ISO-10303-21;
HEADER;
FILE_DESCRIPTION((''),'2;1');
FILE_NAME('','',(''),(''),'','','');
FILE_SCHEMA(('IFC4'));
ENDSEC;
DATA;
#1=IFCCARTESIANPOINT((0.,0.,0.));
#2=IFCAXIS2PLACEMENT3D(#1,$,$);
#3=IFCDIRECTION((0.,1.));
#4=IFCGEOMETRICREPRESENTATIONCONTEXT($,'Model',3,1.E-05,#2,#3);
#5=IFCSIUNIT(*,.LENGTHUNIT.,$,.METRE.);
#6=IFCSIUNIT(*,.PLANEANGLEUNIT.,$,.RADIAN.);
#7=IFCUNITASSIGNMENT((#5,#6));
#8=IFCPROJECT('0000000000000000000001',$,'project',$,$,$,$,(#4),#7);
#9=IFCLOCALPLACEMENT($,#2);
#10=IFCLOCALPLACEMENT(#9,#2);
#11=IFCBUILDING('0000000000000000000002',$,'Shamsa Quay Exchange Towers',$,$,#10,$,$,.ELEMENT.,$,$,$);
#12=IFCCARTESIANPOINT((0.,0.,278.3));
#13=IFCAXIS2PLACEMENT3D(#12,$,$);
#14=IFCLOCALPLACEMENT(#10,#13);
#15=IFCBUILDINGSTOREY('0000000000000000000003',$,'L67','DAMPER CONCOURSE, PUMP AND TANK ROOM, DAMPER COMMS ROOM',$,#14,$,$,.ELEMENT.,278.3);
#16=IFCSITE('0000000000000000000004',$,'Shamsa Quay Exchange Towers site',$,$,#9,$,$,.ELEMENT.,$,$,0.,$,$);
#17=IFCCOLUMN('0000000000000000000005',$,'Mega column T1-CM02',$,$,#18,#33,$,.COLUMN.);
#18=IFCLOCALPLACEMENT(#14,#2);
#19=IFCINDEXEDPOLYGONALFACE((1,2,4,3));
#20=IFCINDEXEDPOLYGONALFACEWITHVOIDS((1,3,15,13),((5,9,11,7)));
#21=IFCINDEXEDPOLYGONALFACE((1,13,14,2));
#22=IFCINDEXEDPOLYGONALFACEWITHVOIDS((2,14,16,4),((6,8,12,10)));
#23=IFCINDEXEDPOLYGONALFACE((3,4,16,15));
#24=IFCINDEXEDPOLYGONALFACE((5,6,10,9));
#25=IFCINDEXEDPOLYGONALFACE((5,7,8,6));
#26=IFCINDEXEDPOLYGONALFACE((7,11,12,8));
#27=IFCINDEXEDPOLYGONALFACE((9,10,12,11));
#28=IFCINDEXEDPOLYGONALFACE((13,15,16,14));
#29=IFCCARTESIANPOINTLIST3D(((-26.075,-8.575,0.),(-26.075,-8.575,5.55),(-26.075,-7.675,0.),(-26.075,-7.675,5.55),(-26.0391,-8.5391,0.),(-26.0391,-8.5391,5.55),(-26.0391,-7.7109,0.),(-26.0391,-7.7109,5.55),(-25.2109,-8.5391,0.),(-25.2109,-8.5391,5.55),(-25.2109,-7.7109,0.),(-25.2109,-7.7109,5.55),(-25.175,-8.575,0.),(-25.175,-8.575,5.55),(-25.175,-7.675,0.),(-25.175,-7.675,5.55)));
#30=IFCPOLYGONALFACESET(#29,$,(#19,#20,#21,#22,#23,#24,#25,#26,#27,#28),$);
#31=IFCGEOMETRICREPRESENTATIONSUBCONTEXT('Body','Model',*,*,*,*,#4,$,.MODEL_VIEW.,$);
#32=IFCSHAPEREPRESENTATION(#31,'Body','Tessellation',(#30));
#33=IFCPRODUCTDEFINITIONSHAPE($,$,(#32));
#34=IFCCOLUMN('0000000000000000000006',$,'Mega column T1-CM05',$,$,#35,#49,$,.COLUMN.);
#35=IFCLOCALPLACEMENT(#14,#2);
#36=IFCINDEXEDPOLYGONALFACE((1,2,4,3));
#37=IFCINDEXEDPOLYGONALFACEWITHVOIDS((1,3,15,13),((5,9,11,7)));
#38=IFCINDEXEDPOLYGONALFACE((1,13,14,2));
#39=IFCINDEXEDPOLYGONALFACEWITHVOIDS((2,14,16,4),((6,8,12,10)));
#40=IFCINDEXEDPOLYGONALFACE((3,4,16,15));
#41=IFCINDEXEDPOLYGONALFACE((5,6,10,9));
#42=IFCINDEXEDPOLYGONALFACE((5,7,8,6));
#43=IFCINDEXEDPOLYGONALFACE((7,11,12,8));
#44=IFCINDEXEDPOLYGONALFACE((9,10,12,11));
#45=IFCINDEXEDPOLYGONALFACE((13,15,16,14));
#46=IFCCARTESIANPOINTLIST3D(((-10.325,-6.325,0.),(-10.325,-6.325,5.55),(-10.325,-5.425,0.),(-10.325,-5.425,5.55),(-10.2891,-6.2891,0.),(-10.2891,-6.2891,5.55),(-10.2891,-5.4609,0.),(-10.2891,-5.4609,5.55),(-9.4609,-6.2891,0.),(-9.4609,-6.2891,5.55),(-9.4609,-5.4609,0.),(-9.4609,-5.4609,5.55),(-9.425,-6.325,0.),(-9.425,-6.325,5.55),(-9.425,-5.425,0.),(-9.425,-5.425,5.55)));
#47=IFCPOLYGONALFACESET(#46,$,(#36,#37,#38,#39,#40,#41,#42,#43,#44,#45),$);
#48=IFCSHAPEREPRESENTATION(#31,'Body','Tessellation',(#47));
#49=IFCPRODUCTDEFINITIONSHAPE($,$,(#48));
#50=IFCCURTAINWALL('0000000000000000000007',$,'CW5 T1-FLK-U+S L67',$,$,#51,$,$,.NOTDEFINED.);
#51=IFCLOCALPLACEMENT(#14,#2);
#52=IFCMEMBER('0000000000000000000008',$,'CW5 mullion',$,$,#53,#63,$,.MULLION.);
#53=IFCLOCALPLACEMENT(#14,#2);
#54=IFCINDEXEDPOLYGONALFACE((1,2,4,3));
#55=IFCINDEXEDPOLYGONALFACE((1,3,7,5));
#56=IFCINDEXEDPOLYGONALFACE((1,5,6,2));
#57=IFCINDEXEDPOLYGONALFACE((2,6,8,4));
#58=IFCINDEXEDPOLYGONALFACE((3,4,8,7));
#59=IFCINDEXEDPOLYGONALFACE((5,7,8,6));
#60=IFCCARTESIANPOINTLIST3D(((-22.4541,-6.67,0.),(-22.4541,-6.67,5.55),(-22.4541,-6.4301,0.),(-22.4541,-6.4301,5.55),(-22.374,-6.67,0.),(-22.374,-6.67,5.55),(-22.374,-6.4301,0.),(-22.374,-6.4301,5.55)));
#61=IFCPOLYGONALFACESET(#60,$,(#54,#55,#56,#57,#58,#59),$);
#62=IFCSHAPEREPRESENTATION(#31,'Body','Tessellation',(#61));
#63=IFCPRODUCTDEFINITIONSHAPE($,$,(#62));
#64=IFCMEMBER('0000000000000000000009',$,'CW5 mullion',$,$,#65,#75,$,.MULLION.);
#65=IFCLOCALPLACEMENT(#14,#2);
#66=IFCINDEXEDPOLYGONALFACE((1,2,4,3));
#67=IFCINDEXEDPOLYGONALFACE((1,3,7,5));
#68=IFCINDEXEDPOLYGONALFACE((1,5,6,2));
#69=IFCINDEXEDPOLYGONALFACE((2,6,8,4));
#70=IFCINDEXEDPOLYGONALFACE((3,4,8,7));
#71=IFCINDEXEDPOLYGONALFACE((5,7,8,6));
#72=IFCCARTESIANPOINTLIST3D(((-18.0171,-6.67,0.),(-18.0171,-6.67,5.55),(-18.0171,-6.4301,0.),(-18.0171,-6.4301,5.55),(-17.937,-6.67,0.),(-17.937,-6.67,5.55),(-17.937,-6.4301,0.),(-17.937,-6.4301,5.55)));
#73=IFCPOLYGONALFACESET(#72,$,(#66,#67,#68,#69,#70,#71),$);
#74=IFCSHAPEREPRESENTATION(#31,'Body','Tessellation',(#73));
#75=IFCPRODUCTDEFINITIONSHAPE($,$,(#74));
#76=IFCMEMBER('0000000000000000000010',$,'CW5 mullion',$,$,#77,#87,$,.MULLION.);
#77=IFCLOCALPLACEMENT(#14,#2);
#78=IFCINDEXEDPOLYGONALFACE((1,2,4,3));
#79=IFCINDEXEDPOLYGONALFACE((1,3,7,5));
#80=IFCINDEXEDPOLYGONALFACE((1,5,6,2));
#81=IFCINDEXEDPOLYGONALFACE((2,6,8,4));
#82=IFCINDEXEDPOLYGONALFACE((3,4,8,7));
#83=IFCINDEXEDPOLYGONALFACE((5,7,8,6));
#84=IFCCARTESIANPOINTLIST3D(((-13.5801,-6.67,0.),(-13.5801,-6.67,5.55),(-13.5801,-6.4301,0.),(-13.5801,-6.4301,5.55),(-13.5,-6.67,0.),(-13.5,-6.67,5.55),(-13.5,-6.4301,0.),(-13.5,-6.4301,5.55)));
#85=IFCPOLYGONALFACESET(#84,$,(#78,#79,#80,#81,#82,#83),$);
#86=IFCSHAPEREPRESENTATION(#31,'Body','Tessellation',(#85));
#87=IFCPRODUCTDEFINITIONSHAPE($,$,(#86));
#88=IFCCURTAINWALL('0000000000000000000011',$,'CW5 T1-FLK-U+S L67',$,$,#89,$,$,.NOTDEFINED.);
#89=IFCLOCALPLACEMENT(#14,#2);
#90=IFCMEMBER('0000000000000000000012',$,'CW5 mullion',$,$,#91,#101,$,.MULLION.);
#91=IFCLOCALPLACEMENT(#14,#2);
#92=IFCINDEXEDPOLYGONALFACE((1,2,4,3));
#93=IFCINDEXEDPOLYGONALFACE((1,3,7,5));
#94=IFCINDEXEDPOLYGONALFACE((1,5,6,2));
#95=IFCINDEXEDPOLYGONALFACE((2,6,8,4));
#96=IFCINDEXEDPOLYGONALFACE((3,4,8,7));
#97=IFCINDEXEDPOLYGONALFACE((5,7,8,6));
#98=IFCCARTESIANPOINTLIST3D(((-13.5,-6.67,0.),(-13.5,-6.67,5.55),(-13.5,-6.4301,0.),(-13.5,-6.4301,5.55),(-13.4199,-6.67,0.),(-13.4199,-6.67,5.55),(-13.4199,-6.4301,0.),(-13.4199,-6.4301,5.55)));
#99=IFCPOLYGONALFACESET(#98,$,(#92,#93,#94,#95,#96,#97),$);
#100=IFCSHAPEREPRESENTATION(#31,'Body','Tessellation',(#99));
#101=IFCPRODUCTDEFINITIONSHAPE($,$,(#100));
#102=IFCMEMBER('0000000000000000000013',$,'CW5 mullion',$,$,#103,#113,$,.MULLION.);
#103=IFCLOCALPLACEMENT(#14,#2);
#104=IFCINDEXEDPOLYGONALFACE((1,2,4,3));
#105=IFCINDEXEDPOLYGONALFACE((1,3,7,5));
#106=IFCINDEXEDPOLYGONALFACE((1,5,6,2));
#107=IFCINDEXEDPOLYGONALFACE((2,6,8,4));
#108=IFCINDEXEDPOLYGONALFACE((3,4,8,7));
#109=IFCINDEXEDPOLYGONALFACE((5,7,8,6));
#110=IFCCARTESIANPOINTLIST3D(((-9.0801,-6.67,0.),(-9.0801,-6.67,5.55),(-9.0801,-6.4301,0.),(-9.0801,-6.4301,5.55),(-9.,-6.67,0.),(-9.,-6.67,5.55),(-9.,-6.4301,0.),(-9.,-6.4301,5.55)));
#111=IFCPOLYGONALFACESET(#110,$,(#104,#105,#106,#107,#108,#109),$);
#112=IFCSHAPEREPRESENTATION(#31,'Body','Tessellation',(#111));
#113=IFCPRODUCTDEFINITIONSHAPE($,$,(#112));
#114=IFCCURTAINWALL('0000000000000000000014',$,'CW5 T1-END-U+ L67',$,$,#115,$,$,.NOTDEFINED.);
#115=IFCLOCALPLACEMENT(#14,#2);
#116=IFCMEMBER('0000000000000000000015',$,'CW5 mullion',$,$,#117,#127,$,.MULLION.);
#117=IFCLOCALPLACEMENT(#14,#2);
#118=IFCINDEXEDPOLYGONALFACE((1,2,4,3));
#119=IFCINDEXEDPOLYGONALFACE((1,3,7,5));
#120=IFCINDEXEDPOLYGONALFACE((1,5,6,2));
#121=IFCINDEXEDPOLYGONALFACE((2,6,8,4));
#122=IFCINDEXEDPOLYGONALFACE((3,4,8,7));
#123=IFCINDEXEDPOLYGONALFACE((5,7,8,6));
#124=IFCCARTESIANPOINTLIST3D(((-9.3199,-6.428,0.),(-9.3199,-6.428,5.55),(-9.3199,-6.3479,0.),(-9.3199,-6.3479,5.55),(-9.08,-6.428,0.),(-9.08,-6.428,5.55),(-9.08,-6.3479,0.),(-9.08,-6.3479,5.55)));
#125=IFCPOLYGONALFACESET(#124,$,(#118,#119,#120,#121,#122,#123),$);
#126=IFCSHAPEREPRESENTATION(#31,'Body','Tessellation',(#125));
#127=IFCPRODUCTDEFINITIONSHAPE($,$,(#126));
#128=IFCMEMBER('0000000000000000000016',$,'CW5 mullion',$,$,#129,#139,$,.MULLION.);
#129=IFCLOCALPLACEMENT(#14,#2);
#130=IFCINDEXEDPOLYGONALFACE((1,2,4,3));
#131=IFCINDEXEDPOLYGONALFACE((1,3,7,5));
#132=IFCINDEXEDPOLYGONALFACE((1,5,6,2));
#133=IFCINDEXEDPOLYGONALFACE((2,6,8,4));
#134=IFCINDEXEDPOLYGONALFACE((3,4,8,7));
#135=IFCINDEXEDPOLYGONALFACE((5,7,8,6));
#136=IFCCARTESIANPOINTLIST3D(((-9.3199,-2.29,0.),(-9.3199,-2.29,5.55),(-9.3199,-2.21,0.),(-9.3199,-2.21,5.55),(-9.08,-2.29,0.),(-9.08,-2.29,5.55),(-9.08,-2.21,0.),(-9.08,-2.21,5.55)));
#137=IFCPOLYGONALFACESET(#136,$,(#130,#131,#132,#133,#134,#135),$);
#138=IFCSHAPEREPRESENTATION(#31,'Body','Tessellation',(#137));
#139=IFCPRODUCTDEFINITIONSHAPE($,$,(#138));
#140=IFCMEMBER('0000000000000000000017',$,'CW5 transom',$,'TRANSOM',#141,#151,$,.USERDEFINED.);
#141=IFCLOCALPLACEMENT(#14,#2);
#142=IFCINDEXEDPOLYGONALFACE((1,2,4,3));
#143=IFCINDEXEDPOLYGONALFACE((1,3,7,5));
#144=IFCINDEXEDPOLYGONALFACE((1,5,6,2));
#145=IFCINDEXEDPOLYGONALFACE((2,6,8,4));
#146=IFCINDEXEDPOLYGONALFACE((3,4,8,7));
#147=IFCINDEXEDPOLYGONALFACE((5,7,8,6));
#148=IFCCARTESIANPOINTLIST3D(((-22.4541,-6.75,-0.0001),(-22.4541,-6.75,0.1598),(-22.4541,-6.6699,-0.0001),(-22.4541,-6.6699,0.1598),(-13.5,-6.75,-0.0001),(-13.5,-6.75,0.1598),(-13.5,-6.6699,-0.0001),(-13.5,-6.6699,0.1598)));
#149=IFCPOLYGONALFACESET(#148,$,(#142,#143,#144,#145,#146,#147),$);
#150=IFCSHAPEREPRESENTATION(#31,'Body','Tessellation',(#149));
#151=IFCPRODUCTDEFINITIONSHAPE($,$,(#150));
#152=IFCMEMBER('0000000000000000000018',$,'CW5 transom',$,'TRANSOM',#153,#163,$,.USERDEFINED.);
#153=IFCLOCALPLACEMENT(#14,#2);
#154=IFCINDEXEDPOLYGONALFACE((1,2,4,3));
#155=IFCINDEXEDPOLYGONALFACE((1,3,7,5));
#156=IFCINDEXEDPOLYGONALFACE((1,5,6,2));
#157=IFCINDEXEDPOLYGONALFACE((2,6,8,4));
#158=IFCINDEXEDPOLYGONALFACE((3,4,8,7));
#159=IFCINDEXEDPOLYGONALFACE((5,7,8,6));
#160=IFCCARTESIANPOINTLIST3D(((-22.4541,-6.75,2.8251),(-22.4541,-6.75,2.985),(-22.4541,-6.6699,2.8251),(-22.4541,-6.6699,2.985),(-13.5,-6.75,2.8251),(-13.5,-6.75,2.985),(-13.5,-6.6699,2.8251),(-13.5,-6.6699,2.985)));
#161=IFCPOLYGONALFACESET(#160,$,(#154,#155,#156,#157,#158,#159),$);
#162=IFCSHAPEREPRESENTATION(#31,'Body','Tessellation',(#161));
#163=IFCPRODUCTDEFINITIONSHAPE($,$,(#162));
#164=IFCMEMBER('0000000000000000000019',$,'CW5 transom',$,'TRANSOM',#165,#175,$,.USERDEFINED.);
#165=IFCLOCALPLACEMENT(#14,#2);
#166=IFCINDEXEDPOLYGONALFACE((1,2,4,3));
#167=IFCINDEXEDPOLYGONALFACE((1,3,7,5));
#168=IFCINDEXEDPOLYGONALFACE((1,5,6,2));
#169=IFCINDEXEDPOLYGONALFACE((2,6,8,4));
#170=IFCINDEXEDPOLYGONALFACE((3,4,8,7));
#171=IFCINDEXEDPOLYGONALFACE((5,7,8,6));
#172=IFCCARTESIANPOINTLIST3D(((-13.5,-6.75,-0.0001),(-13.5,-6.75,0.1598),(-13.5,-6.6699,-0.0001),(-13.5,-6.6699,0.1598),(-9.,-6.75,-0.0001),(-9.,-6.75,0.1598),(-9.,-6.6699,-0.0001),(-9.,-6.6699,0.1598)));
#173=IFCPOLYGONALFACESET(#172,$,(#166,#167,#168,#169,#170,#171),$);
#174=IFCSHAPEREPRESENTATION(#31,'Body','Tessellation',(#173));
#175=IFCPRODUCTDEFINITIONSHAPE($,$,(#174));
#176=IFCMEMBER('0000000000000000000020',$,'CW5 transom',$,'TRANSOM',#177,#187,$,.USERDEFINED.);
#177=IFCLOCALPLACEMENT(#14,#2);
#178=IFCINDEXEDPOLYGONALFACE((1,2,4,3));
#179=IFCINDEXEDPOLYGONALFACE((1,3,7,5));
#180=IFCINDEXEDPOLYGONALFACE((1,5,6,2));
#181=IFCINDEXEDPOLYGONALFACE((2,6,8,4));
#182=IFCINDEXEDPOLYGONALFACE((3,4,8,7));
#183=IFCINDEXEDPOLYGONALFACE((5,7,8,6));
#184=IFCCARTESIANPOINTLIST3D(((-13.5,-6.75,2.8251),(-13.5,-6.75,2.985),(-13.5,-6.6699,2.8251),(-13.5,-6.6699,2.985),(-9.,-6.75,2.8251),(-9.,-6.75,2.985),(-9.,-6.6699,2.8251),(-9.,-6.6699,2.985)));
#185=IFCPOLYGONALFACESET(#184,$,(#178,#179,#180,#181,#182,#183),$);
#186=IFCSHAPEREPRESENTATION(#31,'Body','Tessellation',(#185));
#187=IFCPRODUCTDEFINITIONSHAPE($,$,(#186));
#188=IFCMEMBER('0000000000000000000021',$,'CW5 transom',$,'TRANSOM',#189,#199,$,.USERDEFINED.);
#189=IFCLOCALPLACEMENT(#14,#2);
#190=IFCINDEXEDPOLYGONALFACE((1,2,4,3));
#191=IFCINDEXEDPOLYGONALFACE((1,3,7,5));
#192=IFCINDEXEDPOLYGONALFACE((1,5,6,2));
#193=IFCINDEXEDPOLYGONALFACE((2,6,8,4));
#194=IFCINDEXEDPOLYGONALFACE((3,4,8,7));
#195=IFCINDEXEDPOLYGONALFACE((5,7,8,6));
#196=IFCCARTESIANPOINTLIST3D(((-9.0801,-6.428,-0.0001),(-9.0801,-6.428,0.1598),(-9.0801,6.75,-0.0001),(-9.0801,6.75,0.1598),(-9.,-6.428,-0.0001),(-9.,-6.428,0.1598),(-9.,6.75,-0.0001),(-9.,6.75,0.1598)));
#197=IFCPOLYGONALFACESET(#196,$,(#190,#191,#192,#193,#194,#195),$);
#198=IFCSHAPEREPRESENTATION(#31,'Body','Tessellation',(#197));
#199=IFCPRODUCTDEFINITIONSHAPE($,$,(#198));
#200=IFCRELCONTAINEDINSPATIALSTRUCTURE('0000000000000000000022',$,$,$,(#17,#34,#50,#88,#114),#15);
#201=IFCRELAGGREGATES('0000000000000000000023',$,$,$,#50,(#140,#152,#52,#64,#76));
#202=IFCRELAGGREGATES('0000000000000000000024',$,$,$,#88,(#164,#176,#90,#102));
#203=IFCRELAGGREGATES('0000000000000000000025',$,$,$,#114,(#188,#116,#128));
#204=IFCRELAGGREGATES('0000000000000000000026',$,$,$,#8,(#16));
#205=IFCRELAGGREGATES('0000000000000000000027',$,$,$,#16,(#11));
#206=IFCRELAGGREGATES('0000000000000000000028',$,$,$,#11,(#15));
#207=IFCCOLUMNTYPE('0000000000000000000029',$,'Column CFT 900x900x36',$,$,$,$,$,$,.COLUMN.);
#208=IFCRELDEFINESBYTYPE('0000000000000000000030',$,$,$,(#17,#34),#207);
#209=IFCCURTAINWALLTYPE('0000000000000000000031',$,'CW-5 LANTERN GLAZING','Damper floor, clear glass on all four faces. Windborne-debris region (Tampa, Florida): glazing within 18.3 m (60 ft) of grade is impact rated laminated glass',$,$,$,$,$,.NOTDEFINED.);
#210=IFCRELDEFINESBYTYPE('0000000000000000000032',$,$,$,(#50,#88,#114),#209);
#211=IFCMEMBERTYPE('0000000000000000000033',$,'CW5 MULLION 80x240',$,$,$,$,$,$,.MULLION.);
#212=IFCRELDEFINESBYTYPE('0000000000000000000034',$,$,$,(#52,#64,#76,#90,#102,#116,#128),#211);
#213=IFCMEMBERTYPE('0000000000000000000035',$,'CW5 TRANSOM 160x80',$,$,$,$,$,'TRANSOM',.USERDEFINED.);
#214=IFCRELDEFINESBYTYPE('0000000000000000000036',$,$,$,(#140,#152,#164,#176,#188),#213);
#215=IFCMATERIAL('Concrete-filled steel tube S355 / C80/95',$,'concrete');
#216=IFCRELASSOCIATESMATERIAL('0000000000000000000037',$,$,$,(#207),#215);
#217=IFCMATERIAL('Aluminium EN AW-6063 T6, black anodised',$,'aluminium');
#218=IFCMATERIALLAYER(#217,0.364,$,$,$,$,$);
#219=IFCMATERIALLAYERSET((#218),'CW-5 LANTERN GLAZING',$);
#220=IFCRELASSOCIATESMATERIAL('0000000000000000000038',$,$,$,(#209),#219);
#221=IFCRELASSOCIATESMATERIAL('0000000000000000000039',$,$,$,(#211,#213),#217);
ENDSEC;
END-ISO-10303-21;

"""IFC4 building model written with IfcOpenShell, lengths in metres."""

from ifc_helpers import new_model, si_unit, direction, frame, origin, origin_2d, place, context, subcontext, project, spatial, rectangle, hollow_rectangle, extrude, material, layer, layer_set, material_profile, profile_set, type_object, element, aggregate, save


model = new_model("IFC4")

# Units and contexts
model_context = context("Model", 3, precision=1e-05, world=origin(), true_north=direction((0.0, 1.0)))
body_context = subcontext(model_context, "Body", "Model", "MODEL_VIEW")
ifc_project = project(units=[si_unit("LENGTHUNIT", "METRE"), si_unit("PLANEANGLEUNIT", "RADIAN")], contexts=[model_context])

# Site, building, storey
site_placement = place(None, origin())
site = spatial("IfcSite", under=ifc_project, at=site_placement, Name="Shamsa Quay Exchange Towers site", CompositionType="ELEMENT", RefElevation=0.0)
building_placement = place(site_placement, origin())
building = spatial("IfcBuilding", under=site, at=building_placement, Name="Shamsa Quay Exchange Towers", CompositionType="ELEMENT")
storey_placement = place(building_placement, frame((0.0, 0.0, 278.3)))
storey = spatial("IfcBuildingStorey", under=building, at=storey_placement, Name="L67", Description="DAMPER CONCOURSE, PUMP AND TANK ROOM, DAMPER COMMS ROOM", CompositionType="ELEMENT", Elevation=278.3)

# Columns
ifc_material_1 = material(Name="Concrete-filled steel tube S355 / C80/95", Category="concrete")
ifc_material_profile_1 = material_profile(ifc_material_1, hollow_rectangle(XDim=0.8999, YDim=0.8999, WallThickness=0.0359, at=origin_2d()), Name="CFT 900x900x36")
ifc_profile_set_1 = profile_set([ifc_material_profile_1], Name="Concrete-filled steel tube S355 / C80/95")
column_type = type_object("IfcColumnType", Name="Column CFT 900x900x36", PredefinedType="COLUMN", material=ifc_profile_set_1)
for number, where, name in (
    (1, (-25.625, -8.125, 0.0), "Mega column T1-CM02"),
    (2, (-9.875, -5.875, 0.0), "Mega column T1-CM05"),
):
    element("IfcColumn", number, at=place(storey_placement, frame(where)), inside=storey, type_object=column_type, Name=name, PredefinedType="COLUMN", context=body_context, shape_type="SweptSolid", body=[
        extrude(hollow_rectangle(XDim=0.8999, YDim=0.8999, WallThickness=0.0359, at=origin_2d()), origin(), (0.0, 0.0, 1.0), 5.55),
    ])

# Curtain walls, members
ifc_material_2 = material(Name="Aluminium EN AW-6063 T6, black anodised", Category="aluminium")
ifc_layer_1 = layer(ifc_material_2, 0.364)
ifc_layer_set_1 = layer_set([ifc_layer_1], Name="CW-5 LANTERN GLAZING")
curtain_wall_type = type_object("IfcCurtainWallType", Name="CW-5 LANTERN GLAZING", Description="Damper floor, clear glass on all four faces. Windborne-debris region (Tampa, Florida): glazing within 18.3 m (60 ft) of grade is impact rated laminated glass", PredefinedType="NOTDEFINED", material=ifc_layer_set_1)
curtain_wall_1_placement = place(storey_placement, origin())
curtain_wall_1 = element("IfcCurtainWall", 3, at=curtain_wall_1_placement, inside=storey, type_object=curtain_wall_type, Name="CW5 T1-FLK-U+S L67", PredefinedType="NOTDEFINED")
ifc_material_profile_2 = material_profile(ifc_material_2, rectangle(XDim=0.24, YDim=0.0801, at=origin_2d()), Name="MU80x240")
ifc_profile_set_2 = profile_set([ifc_material_profile_2], Name="Aluminium EN AW-6063 T6, black anodised")
member_type_1 = type_object("IfcMemberType", Name="CW5 MULLION 80x240", PredefinedType="MULLION", material=ifc_profile_set_2)
member_1_placement = place(storey_placement, frame((-22.4141, -6.55, 0.0), z_axis=(0.0, 0.0, 1.0), x_axis=(0.0, 1.0, 0.0)))
member_1 = element("IfcMember", 4, at=member_1_placement, type_object=member_type_1, Name="CW5 mullion", PredefinedType="MULLION", context=body_context, shape_type="SweptSolid", body=[
    extrude(rectangle(XDim=0.24, YDim=0.0801, at=origin_2d()), origin(), (0.0, 0.0, 1.0), 5.55),
])
member_2_placement = place(storey_placement, frame((-17.9771, -6.55, 0.0), z_axis=(0.0, 0.0, 1.0), x_axis=(0.0, 1.0, 0.0)))
member_2 = element("IfcMember", 5, at=member_2_placement, type_object=member_type_1, Name="CW5 mullion", PredefinedType="MULLION", context=body_context, shape_type="SweptSolid", body=[
    extrude(rectangle(XDim=0.24, YDim=0.0801, at=origin_2d()), origin(), (0.0, 0.0, 1.0), 5.55),
])
member_3_placement = place(storey_placement, frame((-13.54, -6.55, 0.0), z_axis=(0.0, 0.0, 1.0), x_axis=(0.0, 1.0, 0.0)))
member_3 = element("IfcMember", 6, at=member_3_placement, type_object=member_type_1, Name="CW5 mullion", PredefinedType="MULLION", context=body_context, shape_type="SweptSolid", body=[
    extrude(rectangle(XDim=0.24, YDim=0.0801, at=origin_2d()), origin(), (0.0, 0.0, 1.0), 5.55),
])
curtain_wall_2_placement = place(storey_placement, origin())
curtain_wall_2 = element("IfcCurtainWall", 7, at=curtain_wall_2_placement, inside=storey, type_object=curtain_wall_type, Name="CW5 T1-FLK-U+S L67", PredefinedType="NOTDEFINED")
member_4_placement = place(storey_placement, frame((-13.46, -6.55, 0.0), z_axis=(0.0, 0.0, 1.0), x_axis=(0.0, 1.0, 0.0)))
member_4 = element("IfcMember", 8, at=member_4_placement, type_object=member_type_1, Name="CW5 mullion", PredefinedType="MULLION", context=body_context, shape_type="SweptSolid", body=[
    extrude(rectangle(XDim=0.24, YDim=0.0801, at=origin_2d()), origin(), (0.0, 0.0, 1.0), 5.55),
])
member_5_placement = place(storey_placement, frame((-9.04, -6.55, 0.0), z_axis=(0.0, 0.0, 1.0), x_axis=(0.0, 1.0, 0.0)))
member_5 = element("IfcMember", 9, at=member_5_placement, type_object=member_type_1, Name="CW5 mullion", PredefinedType="MULLION", context=body_context, shape_type="SweptSolid", body=[
    extrude(rectangle(XDim=0.24, YDim=0.0801, at=origin_2d()), origin(), (0.0, 0.0, 1.0), 5.55),
])
curtain_wall_3_placement = place(storey_placement, origin())
curtain_wall_3 = element("IfcCurtainWall", 10, at=curtain_wall_3_placement, inside=storey, type_object=curtain_wall_type, Name="CW5 T1-END-U+ L67", PredefinedType="NOTDEFINED")
member_6_placement = place(storey_placement, frame((-9.2, -6.3879, 0.0), z_axis=(0.0, 0.0, 1.0), x_axis=(-1.0, 0.0, 0.0)))
member_6 = element("IfcMember", 11, at=member_6_placement, type_object=member_type_1, Name="CW5 mullion", PredefinedType="MULLION", context=body_context, shape_type="SweptSolid", body=[
    extrude(rectangle(XDim=0.24, YDim=0.0801, at=origin_2d()), origin(), (0.0, 0.0, 1.0), 5.55),
])
member_7_placement = place(storey_placement, frame((-9.2, -2.25, 0.0), z_axis=(0.0, 0.0, 1.0), x_axis=(-1.0, 0.0, 0.0)))
member_7 = element("IfcMember", 12, at=member_7_placement, type_object=member_type_1, Name="CW5 mullion", PredefinedType="MULLION", context=body_context, shape_type="SweptSolid", body=[
    extrude(rectangle(XDim=0.24, YDim=0.0801, at=origin_2d()), origin(), (0.0, 0.0, 1.0), 5.55),
])

# Members
ifc_material_profile_3 = material_profile(ifc_material_2, rectangle(XDim=0.0801, YDim=0.1599, at=origin_2d()), Name="TR160x80")
ifc_profile_set_3 = profile_set([ifc_material_profile_3], Name="Aluminium EN AW-6063 T6, black anodised")
member_type_2 = type_object("IfcMemberType", Name="CW5 TRANSOM 160x80", ElementType="TRANSOM", PredefinedType="USERDEFINED", material=ifc_profile_set_3)
member_8_placement = place(storey_placement, frame((-22.4541, -6.71, 0.0798), z_axis=(1.0, 0.0, 0.0), x_axis=(0.0, 1.0, 0.0)))
member_8 = element("IfcMember", 13, at=member_8_placement, type_object=member_type_2, Name="CW5 transom", ObjectType="TRANSOM", PredefinedType="USERDEFINED", context=body_context, shape_type="SweptSolid", body=[
    extrude(rectangle(XDim=0.0801, YDim=0.1599, at=origin_2d()), origin(), (0.0, 0.0, 1.0), 8.9541),
])
member_9_placement = place(storey_placement, frame((-22.4541, -6.71, 2.905), z_axis=(1.0, 0.0, 0.0), x_axis=(0.0, 1.0, 0.0)))
member_9 = element("IfcMember", 14, at=member_9_placement, type_object=member_type_2, Name="CW5 transom", ObjectType="TRANSOM", PredefinedType="USERDEFINED", context=body_context, shape_type="SweptSolid", body=[
    extrude(rectangle(XDim=0.0801, YDim=0.1599, at=origin_2d()), origin(), (0.0, 0.0, 1.0), 8.9541),
])
member_10_placement = place(storey_placement, frame((-13.5, -6.71, 0.0798), z_axis=(1.0, 0.0, 0.0), x_axis=(0.0, 1.0, 0.0)))
member_10 = element("IfcMember", 15, at=member_10_placement, type_object=member_type_2, Name="CW5 transom", ObjectType="TRANSOM", PredefinedType="USERDEFINED", context=body_context, shape_type="SweptSolid", body=[
    extrude(rectangle(XDim=0.0801, YDim=0.1599, at=origin_2d()), origin(), (0.0, 0.0, 1.0), 4.5),
])
member_11_placement = place(storey_placement, frame((-13.5, -6.71, 2.905), z_axis=(1.0, 0.0, 0.0), x_axis=(0.0, 1.0, 0.0)))
member_11 = element("IfcMember", 16, at=member_11_placement, type_object=member_type_2, Name="CW5 transom", ObjectType="TRANSOM", PredefinedType="USERDEFINED", context=body_context, shape_type="SweptSolid", body=[
    extrude(rectangle(XDim=0.0801, YDim=0.1599, at=origin_2d()), origin(), (0.0, 0.0, 1.0), 4.5),
])
member_12_placement = place(storey_placement, frame((-9.04, -6.428, 0.0798), z_axis=(0.0, 1.0, 0.0), x_axis=(-1.0, 0.0, 0.0)))
member_12 = element("IfcMember", 17, at=member_12_placement, type_object=member_type_2, Name="CW5 transom", ObjectType="TRANSOM", PredefinedType="USERDEFINED", context=body_context, shape_type="SweptSolid", body=[
    extrude(rectangle(XDim=0.0801, YDim=0.1599, at=origin_2d()), origin(), (0.0, 0.0, 1.0), 13.178),
])

aggregate(curtain_wall_1, [member_8, member_9, member_1, member_2, member_3])
aggregate(curtain_wall_2, [member_10, member_11, member_4, member_5])
aggregate(curtain_wall_3, [member_12, member_6, member_7])

save(model, "model.ifc")
